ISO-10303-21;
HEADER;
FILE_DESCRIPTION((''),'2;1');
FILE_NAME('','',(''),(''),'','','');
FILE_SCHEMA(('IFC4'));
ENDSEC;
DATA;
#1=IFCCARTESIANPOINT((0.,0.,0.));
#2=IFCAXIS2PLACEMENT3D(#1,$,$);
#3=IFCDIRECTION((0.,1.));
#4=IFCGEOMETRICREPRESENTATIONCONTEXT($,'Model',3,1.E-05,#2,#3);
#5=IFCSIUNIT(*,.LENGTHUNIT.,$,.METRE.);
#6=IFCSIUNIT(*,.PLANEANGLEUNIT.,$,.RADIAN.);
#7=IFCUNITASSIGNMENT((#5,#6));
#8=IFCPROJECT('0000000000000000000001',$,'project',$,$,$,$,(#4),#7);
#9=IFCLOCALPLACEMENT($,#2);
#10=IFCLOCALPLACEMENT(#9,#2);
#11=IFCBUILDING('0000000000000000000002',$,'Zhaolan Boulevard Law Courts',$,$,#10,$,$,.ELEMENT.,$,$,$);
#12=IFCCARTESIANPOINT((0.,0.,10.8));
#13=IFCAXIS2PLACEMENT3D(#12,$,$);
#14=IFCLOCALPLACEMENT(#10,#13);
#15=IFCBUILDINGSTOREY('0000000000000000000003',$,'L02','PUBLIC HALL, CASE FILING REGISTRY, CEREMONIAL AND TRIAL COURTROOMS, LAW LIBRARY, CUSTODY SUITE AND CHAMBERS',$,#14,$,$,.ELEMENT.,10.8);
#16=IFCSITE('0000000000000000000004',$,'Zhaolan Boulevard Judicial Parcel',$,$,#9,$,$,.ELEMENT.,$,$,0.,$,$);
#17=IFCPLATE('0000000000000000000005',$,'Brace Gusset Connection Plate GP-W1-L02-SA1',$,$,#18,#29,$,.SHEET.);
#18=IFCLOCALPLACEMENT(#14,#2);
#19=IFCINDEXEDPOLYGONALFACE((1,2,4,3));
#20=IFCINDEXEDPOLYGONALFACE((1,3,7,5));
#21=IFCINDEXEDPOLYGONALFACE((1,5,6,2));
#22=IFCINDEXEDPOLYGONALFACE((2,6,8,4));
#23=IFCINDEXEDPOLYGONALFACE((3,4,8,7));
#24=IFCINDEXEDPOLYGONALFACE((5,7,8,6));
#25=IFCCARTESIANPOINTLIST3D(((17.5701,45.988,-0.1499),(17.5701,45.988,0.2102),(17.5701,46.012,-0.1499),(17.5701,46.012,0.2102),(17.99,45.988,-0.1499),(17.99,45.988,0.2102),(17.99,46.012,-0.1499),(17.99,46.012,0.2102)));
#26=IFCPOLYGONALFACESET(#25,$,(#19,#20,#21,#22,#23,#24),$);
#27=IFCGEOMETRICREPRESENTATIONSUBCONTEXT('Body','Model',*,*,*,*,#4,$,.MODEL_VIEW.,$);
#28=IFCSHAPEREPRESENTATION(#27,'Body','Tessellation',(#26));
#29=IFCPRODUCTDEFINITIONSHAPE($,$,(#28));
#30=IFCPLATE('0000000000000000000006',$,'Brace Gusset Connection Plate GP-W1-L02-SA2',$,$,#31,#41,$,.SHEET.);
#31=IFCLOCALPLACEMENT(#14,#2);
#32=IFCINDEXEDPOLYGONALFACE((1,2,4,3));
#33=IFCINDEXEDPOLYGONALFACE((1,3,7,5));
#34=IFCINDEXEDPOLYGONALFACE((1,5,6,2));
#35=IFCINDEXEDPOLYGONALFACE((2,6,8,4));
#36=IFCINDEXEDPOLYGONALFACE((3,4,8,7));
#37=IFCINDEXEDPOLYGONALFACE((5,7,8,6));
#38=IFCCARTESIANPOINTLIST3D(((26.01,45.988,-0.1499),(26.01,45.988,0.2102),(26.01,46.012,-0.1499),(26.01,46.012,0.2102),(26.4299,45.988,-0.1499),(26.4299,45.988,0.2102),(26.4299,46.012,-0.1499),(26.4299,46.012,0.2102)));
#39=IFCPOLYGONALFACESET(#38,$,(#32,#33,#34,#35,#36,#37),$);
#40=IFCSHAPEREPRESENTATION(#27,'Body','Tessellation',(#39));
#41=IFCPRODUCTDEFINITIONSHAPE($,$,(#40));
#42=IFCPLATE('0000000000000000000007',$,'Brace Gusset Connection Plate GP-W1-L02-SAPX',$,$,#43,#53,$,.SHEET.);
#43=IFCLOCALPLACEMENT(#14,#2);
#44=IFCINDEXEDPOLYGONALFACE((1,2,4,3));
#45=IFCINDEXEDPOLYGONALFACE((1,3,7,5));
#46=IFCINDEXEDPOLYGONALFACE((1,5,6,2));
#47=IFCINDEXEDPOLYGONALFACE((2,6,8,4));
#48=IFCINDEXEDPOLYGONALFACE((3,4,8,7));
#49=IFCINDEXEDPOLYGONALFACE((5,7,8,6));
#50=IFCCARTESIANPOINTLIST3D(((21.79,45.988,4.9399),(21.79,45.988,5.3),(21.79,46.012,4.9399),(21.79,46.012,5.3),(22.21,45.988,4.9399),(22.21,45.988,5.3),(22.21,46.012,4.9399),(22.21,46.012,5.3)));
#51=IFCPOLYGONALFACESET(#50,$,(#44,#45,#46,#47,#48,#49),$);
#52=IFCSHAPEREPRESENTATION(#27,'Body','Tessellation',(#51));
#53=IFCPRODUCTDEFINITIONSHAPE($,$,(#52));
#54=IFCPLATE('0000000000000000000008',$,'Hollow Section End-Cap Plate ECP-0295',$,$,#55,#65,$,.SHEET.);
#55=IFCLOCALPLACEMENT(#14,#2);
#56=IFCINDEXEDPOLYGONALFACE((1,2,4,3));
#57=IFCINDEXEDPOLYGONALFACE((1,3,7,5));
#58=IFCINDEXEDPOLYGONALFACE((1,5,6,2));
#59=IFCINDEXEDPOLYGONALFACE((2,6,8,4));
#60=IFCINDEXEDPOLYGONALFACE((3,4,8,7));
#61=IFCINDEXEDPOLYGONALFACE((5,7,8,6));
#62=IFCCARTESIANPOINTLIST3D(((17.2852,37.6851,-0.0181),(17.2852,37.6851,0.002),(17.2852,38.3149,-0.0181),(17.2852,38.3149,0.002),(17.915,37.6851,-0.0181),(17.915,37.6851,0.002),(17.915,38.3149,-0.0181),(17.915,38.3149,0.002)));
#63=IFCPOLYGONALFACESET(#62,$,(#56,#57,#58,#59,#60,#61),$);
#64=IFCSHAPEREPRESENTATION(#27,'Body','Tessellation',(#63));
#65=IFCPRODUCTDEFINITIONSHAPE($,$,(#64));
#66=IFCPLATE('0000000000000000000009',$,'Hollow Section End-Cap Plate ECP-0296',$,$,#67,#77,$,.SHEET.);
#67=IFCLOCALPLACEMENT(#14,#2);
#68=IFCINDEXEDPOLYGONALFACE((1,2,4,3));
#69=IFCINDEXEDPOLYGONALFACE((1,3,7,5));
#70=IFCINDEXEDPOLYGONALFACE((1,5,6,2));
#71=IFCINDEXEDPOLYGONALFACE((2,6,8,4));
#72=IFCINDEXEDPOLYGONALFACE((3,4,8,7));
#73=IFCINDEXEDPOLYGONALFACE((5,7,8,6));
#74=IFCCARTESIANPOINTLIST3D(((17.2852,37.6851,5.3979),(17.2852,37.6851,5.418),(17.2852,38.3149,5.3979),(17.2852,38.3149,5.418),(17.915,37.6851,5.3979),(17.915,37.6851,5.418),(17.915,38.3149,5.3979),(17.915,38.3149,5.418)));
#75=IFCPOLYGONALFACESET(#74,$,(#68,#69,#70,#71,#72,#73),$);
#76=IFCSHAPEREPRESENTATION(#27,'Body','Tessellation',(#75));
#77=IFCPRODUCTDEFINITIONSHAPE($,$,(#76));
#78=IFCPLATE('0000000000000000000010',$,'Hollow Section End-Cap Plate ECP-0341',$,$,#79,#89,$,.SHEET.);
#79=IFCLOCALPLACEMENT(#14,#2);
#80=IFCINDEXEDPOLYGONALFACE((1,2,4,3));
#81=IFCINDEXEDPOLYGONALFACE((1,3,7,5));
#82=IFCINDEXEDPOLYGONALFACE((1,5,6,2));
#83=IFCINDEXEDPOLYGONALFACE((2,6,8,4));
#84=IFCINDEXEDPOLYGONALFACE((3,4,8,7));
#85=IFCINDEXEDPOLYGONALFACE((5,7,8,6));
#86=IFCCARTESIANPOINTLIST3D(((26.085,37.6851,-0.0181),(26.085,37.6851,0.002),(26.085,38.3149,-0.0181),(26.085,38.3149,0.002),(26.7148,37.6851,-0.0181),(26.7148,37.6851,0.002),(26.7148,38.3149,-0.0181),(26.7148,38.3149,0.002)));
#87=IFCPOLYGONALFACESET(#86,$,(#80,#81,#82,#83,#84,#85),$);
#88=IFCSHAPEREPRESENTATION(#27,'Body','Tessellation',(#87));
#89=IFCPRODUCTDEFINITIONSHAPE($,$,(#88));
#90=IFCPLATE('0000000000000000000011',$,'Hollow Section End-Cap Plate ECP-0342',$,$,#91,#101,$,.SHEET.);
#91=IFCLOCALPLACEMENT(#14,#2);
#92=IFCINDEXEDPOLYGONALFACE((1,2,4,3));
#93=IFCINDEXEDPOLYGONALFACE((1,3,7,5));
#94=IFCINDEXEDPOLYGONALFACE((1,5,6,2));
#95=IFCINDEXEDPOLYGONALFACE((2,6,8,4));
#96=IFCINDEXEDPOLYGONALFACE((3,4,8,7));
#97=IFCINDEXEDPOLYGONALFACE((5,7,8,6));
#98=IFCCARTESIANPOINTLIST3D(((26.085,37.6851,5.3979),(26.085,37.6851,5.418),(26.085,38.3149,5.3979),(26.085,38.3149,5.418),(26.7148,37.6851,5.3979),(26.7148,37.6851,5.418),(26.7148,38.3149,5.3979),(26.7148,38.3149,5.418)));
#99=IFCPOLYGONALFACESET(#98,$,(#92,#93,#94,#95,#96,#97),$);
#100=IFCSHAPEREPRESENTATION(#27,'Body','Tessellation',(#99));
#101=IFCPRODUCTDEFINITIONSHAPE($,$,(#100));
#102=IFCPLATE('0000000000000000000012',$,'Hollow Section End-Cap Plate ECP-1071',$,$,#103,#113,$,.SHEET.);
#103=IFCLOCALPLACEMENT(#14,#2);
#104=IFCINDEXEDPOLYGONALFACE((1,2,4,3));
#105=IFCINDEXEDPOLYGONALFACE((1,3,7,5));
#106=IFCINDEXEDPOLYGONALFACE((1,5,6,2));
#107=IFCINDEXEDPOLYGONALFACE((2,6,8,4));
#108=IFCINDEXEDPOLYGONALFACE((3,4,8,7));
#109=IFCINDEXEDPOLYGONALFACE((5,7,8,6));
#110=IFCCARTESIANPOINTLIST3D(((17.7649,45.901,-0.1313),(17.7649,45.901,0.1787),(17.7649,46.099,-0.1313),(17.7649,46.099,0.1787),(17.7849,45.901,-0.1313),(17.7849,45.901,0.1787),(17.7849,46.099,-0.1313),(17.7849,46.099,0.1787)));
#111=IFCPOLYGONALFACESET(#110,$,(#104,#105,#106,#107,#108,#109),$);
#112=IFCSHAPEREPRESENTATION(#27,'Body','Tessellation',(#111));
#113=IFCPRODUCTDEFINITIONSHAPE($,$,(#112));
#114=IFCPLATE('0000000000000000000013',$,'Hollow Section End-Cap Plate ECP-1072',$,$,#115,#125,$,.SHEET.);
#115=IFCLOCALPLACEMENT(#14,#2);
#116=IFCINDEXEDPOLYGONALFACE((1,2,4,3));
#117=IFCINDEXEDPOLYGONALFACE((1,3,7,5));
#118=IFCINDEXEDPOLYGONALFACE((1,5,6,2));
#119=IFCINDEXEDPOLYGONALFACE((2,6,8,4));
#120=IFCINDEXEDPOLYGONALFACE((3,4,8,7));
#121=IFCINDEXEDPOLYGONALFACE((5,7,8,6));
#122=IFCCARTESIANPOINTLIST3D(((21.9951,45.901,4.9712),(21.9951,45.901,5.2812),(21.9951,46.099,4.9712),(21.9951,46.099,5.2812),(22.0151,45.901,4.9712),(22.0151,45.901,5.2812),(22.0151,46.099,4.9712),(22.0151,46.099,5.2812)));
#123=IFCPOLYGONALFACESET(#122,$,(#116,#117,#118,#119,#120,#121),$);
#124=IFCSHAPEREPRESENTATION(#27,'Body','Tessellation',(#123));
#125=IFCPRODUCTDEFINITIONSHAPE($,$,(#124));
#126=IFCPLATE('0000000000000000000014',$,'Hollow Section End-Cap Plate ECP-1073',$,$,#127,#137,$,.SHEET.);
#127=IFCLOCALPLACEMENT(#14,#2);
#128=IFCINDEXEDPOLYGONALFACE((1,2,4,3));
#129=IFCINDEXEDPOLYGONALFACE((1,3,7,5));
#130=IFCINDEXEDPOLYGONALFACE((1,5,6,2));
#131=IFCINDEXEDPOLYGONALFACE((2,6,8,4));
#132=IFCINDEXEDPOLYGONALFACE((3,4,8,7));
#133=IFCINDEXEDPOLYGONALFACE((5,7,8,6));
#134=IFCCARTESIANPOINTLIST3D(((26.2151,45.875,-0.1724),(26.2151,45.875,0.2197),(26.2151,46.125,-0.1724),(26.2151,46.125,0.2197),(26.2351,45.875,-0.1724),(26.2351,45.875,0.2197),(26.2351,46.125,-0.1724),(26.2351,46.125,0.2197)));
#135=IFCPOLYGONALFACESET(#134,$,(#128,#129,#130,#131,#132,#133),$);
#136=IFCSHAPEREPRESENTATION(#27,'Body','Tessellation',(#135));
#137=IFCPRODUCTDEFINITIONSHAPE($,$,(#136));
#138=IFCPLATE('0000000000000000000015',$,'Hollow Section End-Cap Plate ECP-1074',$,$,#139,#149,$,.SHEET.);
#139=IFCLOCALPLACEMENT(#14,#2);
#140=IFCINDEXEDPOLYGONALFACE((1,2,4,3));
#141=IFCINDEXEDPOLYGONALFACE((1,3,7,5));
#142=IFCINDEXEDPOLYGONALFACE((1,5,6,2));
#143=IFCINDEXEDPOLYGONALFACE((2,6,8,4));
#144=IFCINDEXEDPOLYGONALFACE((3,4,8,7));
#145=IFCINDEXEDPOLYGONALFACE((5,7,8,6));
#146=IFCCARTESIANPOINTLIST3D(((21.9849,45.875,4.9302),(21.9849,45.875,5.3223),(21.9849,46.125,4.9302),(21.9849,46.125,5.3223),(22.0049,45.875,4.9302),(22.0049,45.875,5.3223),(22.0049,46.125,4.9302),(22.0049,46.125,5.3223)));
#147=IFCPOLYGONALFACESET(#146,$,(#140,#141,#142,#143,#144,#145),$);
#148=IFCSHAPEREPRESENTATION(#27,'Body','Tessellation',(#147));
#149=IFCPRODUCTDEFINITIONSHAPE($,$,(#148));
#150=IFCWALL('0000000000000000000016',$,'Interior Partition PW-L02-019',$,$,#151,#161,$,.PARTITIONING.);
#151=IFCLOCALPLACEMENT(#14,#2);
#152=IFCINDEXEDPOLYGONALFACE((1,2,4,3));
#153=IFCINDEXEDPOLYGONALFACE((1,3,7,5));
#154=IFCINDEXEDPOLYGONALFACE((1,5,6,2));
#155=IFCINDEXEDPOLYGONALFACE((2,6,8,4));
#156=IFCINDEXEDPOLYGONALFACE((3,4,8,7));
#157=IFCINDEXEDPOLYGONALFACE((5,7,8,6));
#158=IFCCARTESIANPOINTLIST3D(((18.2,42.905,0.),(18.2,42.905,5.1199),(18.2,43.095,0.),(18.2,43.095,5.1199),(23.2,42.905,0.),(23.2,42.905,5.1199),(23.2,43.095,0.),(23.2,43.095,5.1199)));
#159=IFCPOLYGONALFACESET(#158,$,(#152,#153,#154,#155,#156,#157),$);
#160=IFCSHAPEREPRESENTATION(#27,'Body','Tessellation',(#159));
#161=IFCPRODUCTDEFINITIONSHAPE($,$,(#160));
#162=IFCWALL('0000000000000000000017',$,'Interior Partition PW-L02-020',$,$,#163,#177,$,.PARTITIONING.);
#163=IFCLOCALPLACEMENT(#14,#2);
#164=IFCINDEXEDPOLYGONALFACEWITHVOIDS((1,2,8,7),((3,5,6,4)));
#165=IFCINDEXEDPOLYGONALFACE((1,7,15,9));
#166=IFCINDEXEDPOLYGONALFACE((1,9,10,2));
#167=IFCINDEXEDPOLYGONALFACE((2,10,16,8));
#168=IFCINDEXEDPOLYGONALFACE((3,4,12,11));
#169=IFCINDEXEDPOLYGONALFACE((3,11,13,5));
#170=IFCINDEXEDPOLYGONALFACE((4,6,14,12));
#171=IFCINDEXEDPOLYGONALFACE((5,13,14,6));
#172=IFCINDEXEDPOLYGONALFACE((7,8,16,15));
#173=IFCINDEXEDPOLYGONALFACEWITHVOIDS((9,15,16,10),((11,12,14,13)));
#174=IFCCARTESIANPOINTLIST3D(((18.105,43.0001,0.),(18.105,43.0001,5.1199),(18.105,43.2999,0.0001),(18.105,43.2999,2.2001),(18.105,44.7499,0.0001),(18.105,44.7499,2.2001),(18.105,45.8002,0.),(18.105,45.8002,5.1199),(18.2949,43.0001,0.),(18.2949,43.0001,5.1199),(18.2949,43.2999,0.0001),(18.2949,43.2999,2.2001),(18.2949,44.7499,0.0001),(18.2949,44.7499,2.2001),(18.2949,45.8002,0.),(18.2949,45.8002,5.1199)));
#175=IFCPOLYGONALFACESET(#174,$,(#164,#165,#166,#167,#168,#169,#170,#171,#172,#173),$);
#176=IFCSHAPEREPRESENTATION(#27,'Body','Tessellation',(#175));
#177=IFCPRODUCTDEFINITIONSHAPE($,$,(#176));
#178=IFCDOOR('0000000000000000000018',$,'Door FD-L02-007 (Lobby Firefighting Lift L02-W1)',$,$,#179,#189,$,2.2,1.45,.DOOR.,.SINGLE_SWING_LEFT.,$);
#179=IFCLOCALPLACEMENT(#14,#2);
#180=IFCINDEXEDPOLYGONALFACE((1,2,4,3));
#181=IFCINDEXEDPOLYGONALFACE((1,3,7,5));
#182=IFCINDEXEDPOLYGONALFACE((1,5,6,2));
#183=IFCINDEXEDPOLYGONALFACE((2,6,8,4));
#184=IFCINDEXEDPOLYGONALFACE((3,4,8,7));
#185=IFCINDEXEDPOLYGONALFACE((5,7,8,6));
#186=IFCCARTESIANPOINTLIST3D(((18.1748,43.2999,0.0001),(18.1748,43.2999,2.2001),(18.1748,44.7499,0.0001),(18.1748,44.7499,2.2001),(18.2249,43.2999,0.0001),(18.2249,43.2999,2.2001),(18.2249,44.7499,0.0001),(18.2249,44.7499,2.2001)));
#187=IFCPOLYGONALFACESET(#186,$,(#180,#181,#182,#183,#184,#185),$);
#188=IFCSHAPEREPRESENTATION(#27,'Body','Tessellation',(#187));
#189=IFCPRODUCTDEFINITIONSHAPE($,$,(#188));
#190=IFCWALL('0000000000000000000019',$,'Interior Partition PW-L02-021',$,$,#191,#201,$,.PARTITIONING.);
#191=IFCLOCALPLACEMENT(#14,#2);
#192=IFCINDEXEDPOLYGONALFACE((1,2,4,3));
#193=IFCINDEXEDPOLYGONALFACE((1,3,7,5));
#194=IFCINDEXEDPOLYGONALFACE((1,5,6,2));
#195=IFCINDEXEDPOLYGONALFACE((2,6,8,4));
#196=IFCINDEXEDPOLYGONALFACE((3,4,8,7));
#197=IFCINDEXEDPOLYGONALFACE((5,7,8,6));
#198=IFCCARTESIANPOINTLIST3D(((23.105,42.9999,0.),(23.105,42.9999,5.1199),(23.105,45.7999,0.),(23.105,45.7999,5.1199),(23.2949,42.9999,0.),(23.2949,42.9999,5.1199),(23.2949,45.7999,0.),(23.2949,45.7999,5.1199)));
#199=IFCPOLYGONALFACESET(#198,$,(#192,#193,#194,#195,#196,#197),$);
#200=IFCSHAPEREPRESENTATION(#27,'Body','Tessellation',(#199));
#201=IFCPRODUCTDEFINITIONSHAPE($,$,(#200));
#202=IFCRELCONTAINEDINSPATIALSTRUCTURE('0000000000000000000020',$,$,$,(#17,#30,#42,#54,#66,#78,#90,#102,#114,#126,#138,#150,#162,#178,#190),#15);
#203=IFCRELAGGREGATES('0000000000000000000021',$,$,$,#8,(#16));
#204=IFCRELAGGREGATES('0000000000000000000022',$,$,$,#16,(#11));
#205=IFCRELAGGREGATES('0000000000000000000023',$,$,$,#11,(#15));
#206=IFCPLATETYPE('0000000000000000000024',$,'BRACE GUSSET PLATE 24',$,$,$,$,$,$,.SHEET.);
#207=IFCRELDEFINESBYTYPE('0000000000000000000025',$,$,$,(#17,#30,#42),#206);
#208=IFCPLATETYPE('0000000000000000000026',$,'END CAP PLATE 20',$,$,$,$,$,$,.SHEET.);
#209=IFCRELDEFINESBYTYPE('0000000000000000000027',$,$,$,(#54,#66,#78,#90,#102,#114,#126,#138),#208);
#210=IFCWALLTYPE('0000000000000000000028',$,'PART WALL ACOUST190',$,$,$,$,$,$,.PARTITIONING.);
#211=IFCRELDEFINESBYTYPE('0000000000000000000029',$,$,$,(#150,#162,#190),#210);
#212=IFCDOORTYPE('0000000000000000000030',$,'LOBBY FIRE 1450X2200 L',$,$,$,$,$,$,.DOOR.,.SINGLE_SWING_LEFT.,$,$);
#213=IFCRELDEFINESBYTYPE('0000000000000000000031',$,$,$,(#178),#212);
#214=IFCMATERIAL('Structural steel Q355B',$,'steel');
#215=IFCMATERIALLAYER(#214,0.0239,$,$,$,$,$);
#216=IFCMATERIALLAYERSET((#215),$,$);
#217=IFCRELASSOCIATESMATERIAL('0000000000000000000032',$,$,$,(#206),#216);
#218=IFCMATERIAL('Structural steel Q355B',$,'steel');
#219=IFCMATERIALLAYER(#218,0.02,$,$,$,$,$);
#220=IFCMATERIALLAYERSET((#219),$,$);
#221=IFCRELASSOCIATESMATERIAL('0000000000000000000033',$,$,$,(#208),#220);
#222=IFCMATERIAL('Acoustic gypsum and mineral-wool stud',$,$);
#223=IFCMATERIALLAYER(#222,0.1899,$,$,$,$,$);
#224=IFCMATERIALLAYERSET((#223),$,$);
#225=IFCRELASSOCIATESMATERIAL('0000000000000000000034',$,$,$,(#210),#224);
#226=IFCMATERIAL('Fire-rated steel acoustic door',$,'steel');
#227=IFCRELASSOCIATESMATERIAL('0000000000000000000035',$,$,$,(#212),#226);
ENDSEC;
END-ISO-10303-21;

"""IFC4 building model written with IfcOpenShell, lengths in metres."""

from ifc_helpers import new_model, si_unit, direction, frame, frame_2d, origin, origin_2d, place, context, subcontext, project, spatial, rectangle, extrude, material, layer, layer_set, type_object, element, fill, save


model = new_model("IFC4")

# Units and contexts
model_context = context("Model", 3, precision=1e-05, world=origin(), true_north=direction((0.0, 1.0)))
body_context = subcontext(model_context, "Body", "Model", "MODEL_VIEW")
ifc_project = project(units=[si_unit("LENGTHUNIT", "METRE"), si_unit("PLANEANGLEUNIT", "RADIAN")], contexts=[model_context])

# Site, building, storey
site_placement = place(None, origin())
site = spatial("IfcSite", under=ifc_project, at=site_placement, Name="Zhaolan Boulevard Judicial Parcel", CompositionType="ELEMENT", RefElevation=0.0)
building_placement = place(site_placement, origin())
building = spatial("IfcBuilding", under=site, at=building_placement, Name="Zhaolan Boulevard Law Courts", CompositionType="ELEMENT")
storey_placement = place(building_placement, frame((0.0, 0.0, 10.8)))
storey = spatial("IfcBuildingStorey", under=building, at=storey_placement, Name="L02", Description="PUBLIC HALL, CASE FILING REGISTRY, CEREMONIAL AND TRIAL COURTROOMS, LAW LIBRARY, CUSTODY SUITE AND CHAMBERS", CompositionType="ELEMENT", Elevation=10.8)

# Plates
ifc_material_1 = material(Name="Structural steel Q355B", Category="steel")
ifc_layer_1 = layer(ifc_material_1, 0.0239)
ifc_layer_set_1 = layer_set([ifc_layer_1])
plate_type_1 = type_object("IfcPlateType", Name="BRACE GUSSET PLATE 24", PredefinedType="SHEET", material=ifc_layer_set_1)
for number, where, z_axis, x_axis, name in (
    (1, (17.78, 46.0, -0.1499), (0.0, 0.0, 1.0), (1.0, 0.0, 0.0), "Brace Gusset Connection Plate GP-W1-L02-SA1"),
    (2, (26.22, 46.0, -0.1499), (0.0, 0.0, 1.0), (1.0, 0.0, 0.0), "Brace Gusset Connection Plate GP-W1-L02-SA2"),
    (3, (22.0, 46.0, 4.9399), (0.0, 0.0, 1.0), (1.0, 0.0, 0.0), "Brace Gusset Connection Plate GP-W1-L02-SAPX"),
):
    element("IfcPlate", number, at=place(storey_placement, frame(where, z_axis=z_axis, x_axis=x_axis)), inside=storey, type_object=plate_type_1, Name=name, PredefinedType="SHEET", context=body_context, shape_type="SweptSolid", body=[
        extrude(rectangle(XDim=0.4199, YDim=0.0239, at=origin_2d()), origin(), (0.0, 0.0, 1.0), 0.3601),
    ])
ifc_material_2 = material(Name="Structural steel Q355B", Category="steel")
ifc_layer_2 = layer(ifc_material_2, 0.02)
ifc_layer_set_2 = layer_set([ifc_layer_2])
plate_type_2 = type_object("IfcPlateType", Name="END CAP PLATE 20", PredefinedType="SHEET", material=ifc_layer_set_2)
for number, where, z_axis, x_axis, name in (
    (4, (17.6001, 38.0, -0.0181), (0.0, 0.0, 1.0), (1.0, 0.0, 0.0), "Hollow Section End-Cap Plate ECP-0295"),
    (5, (17.6001, 38.0, 5.3979), (0.0, 0.0, 1.0), (1.0, 0.0, 0.0), "Hollow Section End-Cap Plate ECP-0296"),
    (6, (26.3999, 38.0, -0.0181), (0.0, 0.0, 1.0), (1.0, 0.0, 0.0), "Hollow Section End-Cap Plate ECP-0341"),
    (7, (26.3999, 38.0, 5.3979), (0.0, 0.0, 1.0), (1.0, 0.0, 0.0), "Hollow Section End-Cap Plate ECP-0342"),
):
    element("IfcPlate", number, at=place(storey_placement, frame(where, z_axis=z_axis, x_axis=x_axis)), inside=storey, type_object=plate_type_2, Name=name, PredefinedType="SHEET", context=body_context, shape_type="SweptSolid", body=[
        extrude(rectangle(XDim=0.6299, YDim=0.6299, at=origin_2d()), origin(), (0.0, 0.0, 1.0), 0.02),
    ])
for number, where, z_axis, x_axis, name in (
    (8, (17.7749, 46.0, -0.1313), (0.0, 0.0, 1.0), (1.0, 0.0, 0.0), "Hollow Section End-Cap Plate ECP-1071"),
    (9, (22.0051, 46.0, 4.9712), (0.0, 0.0, 1.0), (1.0, 0.0, 0.0), "Hollow Section End-Cap Plate ECP-1072"),
):
    element("IfcPlate", number, at=place(storey_placement, frame(where, z_axis=z_axis, x_axis=x_axis)), inside=storey, type_object=plate_type_2, Name=name, PredefinedType="SHEET", context=body_context, shape_type="SweptSolid", body=[
        extrude(rectangle(XDim=0.02, YDim=0.198, at=origin_2d()), origin(), (0.0, 0.0, 1.0), 0.3101),
    ])
for number, where, z_axis, x_axis, name in (
    (10, (26.2251, 46.0, -0.1724), (0.0, 0.0, 1.0), (-1.0, 0.0, 0.0), "Hollow Section End-Cap Plate ECP-1073"),
    (11, (21.9949, 46.0, 4.9302), (0.0, 0.0, 1.0), (-1.0, 0.0, 0.0), "Hollow Section End-Cap Plate ECP-1074"),
):
    element("IfcPlate", number, at=place(storey_placement, frame(where, z_axis=z_axis, x_axis=x_axis)), inside=storey, type_object=plate_type_2, Name=name, PredefinedType="SHEET", context=body_context, shape_type="SweptSolid", body=[
        extrude(rectangle(XDim=0.02, YDim=0.25, at=origin_2d()), origin(), (0.0, 0.0, 1.0), 0.3921),
    ])

# Wall
ifc_material_3 = material(Name="Acoustic gypsum and mineral-wool stud")
ifc_layer_3 = layer(ifc_material_3, 0.1899)
ifc_layer_set_3 = layer_set([ifc_layer_3])
wall_type_1 = type_object("IfcWallType", Name="PART WALL ACOUST190", PredefinedType="PARTITIONING", material=ifc_layer_set_3)
wall_1_placement = place(storey_placement, frame((18.2, 43.0, 0.0), z_axis=(0.0, 0.0, 1.0), x_axis=(1.0, 0.0, 0.0)))
element("IfcWall", 12, at=wall_1_placement, inside=storey, type_object=wall_type_1, Name="Interior Partition PW-L02-019", PredefinedType="PARTITIONING", context=body_context, shape_type="SweptSolid", body=[
    extrude(rectangle(XDim=5.0, YDim=0.1899, at=frame_2d((2.5, 0.0))), origin(), (0.0, 0.0, 1.0), 5.1199),
])

# Wall, opening, door
wall_2_placement = place(storey_placement, frame((18.2, 45.8, 0.0), z_axis=(0.0, 0.0, 1.0), x_axis=(0.0, -1.0, 0.0)))
wall_2 = element("IfcWall", 13, at=wall_2_placement, inside=storey, type_object=wall_type_1, Name="Interior Partition PW-L02-020", PredefinedType="PARTITIONING", context=body_context, shape_type="SweptSolid", body=[
    extrude(rectangle(XDim=2.8, YDim=0.1899, at=frame_2d((1.3999, 0.0))), origin(), (0.0, 0.0, 1.0), 5.1199),
])
opening_placement = place(wall_2_placement, frame((1.05, 0.0, 0.0)))
opening = element("IfcOpeningElement", 14, at=opening_placement, cuts=wall_2, PredefinedType="OPENING", context=body_context, shape_type="SweptSolid", body=[
    extrude(rectangle(XDim=1.45, YDim=2.2, at=frame_2d((0.7251, 1.1001))), frame((0.0, 0.105, 0.0), z_axis=(0.0, -1.0, 0.0), x_axis=(1.0, 0.0, 0.0)), (0.0, 0.0, 1.0), 0.21),
])
ifc_material_4 = material(Name="Fire-rated steel acoustic door", Category="steel")
door_type = type_object("IfcDoorType", Name="LOBBY FIRE 1450X2200 L", OperationType="SINGLE_SWING_LEFT", PredefinedType="DOOR", material=ifc_material_4)
door_placement = place(opening_placement, origin())
door = element("IfcDoor", 15, at=door_placement, inside=storey, type_object=door_type, Name="Door FD-L02-007 (Lobby Firefighting Lift L02-W1)", OperationType="SINGLE_SWING_LEFT", OverallHeight=2.2, OverallWidth=1.45, PredefinedType="DOOR", context=body_context, shape_type="SweptSolid", body=[
    extrude(rectangle(XDim=1.45, YDim=2.2, at=frame_2d((0.7251, 1.1001))), frame((0.0, 0.0249, 0.0), z_axis=(0.0, -1.0, 0.0), x_axis=(1.0, 0.0, 0.0)), (0.0, 0.0, 1.0), 0.05),
])
fill(opening, door)

# Wall
wall_3_placement = place(storey_placement, frame((23.2, 43.0, 0.0), z_axis=(0.0, 0.0, 1.0), x_axis=(0.0, 1.0, 0.0)))
element("IfcWall", 16, at=wall_3_placement, inside=storey, type_object=wall_type_1, Name="Interior Partition PW-L02-021", PredefinedType="PARTITIONING", context=body_context, shape_type="SweptSolid", body=[
    extrude(rectangle(XDim=2.8, YDim=0.1899, at=frame_2d((1.3999, 0.0))), origin(), (0.0, 0.0, 1.0), 5.1199),
])

save(model, "model.ifc")
